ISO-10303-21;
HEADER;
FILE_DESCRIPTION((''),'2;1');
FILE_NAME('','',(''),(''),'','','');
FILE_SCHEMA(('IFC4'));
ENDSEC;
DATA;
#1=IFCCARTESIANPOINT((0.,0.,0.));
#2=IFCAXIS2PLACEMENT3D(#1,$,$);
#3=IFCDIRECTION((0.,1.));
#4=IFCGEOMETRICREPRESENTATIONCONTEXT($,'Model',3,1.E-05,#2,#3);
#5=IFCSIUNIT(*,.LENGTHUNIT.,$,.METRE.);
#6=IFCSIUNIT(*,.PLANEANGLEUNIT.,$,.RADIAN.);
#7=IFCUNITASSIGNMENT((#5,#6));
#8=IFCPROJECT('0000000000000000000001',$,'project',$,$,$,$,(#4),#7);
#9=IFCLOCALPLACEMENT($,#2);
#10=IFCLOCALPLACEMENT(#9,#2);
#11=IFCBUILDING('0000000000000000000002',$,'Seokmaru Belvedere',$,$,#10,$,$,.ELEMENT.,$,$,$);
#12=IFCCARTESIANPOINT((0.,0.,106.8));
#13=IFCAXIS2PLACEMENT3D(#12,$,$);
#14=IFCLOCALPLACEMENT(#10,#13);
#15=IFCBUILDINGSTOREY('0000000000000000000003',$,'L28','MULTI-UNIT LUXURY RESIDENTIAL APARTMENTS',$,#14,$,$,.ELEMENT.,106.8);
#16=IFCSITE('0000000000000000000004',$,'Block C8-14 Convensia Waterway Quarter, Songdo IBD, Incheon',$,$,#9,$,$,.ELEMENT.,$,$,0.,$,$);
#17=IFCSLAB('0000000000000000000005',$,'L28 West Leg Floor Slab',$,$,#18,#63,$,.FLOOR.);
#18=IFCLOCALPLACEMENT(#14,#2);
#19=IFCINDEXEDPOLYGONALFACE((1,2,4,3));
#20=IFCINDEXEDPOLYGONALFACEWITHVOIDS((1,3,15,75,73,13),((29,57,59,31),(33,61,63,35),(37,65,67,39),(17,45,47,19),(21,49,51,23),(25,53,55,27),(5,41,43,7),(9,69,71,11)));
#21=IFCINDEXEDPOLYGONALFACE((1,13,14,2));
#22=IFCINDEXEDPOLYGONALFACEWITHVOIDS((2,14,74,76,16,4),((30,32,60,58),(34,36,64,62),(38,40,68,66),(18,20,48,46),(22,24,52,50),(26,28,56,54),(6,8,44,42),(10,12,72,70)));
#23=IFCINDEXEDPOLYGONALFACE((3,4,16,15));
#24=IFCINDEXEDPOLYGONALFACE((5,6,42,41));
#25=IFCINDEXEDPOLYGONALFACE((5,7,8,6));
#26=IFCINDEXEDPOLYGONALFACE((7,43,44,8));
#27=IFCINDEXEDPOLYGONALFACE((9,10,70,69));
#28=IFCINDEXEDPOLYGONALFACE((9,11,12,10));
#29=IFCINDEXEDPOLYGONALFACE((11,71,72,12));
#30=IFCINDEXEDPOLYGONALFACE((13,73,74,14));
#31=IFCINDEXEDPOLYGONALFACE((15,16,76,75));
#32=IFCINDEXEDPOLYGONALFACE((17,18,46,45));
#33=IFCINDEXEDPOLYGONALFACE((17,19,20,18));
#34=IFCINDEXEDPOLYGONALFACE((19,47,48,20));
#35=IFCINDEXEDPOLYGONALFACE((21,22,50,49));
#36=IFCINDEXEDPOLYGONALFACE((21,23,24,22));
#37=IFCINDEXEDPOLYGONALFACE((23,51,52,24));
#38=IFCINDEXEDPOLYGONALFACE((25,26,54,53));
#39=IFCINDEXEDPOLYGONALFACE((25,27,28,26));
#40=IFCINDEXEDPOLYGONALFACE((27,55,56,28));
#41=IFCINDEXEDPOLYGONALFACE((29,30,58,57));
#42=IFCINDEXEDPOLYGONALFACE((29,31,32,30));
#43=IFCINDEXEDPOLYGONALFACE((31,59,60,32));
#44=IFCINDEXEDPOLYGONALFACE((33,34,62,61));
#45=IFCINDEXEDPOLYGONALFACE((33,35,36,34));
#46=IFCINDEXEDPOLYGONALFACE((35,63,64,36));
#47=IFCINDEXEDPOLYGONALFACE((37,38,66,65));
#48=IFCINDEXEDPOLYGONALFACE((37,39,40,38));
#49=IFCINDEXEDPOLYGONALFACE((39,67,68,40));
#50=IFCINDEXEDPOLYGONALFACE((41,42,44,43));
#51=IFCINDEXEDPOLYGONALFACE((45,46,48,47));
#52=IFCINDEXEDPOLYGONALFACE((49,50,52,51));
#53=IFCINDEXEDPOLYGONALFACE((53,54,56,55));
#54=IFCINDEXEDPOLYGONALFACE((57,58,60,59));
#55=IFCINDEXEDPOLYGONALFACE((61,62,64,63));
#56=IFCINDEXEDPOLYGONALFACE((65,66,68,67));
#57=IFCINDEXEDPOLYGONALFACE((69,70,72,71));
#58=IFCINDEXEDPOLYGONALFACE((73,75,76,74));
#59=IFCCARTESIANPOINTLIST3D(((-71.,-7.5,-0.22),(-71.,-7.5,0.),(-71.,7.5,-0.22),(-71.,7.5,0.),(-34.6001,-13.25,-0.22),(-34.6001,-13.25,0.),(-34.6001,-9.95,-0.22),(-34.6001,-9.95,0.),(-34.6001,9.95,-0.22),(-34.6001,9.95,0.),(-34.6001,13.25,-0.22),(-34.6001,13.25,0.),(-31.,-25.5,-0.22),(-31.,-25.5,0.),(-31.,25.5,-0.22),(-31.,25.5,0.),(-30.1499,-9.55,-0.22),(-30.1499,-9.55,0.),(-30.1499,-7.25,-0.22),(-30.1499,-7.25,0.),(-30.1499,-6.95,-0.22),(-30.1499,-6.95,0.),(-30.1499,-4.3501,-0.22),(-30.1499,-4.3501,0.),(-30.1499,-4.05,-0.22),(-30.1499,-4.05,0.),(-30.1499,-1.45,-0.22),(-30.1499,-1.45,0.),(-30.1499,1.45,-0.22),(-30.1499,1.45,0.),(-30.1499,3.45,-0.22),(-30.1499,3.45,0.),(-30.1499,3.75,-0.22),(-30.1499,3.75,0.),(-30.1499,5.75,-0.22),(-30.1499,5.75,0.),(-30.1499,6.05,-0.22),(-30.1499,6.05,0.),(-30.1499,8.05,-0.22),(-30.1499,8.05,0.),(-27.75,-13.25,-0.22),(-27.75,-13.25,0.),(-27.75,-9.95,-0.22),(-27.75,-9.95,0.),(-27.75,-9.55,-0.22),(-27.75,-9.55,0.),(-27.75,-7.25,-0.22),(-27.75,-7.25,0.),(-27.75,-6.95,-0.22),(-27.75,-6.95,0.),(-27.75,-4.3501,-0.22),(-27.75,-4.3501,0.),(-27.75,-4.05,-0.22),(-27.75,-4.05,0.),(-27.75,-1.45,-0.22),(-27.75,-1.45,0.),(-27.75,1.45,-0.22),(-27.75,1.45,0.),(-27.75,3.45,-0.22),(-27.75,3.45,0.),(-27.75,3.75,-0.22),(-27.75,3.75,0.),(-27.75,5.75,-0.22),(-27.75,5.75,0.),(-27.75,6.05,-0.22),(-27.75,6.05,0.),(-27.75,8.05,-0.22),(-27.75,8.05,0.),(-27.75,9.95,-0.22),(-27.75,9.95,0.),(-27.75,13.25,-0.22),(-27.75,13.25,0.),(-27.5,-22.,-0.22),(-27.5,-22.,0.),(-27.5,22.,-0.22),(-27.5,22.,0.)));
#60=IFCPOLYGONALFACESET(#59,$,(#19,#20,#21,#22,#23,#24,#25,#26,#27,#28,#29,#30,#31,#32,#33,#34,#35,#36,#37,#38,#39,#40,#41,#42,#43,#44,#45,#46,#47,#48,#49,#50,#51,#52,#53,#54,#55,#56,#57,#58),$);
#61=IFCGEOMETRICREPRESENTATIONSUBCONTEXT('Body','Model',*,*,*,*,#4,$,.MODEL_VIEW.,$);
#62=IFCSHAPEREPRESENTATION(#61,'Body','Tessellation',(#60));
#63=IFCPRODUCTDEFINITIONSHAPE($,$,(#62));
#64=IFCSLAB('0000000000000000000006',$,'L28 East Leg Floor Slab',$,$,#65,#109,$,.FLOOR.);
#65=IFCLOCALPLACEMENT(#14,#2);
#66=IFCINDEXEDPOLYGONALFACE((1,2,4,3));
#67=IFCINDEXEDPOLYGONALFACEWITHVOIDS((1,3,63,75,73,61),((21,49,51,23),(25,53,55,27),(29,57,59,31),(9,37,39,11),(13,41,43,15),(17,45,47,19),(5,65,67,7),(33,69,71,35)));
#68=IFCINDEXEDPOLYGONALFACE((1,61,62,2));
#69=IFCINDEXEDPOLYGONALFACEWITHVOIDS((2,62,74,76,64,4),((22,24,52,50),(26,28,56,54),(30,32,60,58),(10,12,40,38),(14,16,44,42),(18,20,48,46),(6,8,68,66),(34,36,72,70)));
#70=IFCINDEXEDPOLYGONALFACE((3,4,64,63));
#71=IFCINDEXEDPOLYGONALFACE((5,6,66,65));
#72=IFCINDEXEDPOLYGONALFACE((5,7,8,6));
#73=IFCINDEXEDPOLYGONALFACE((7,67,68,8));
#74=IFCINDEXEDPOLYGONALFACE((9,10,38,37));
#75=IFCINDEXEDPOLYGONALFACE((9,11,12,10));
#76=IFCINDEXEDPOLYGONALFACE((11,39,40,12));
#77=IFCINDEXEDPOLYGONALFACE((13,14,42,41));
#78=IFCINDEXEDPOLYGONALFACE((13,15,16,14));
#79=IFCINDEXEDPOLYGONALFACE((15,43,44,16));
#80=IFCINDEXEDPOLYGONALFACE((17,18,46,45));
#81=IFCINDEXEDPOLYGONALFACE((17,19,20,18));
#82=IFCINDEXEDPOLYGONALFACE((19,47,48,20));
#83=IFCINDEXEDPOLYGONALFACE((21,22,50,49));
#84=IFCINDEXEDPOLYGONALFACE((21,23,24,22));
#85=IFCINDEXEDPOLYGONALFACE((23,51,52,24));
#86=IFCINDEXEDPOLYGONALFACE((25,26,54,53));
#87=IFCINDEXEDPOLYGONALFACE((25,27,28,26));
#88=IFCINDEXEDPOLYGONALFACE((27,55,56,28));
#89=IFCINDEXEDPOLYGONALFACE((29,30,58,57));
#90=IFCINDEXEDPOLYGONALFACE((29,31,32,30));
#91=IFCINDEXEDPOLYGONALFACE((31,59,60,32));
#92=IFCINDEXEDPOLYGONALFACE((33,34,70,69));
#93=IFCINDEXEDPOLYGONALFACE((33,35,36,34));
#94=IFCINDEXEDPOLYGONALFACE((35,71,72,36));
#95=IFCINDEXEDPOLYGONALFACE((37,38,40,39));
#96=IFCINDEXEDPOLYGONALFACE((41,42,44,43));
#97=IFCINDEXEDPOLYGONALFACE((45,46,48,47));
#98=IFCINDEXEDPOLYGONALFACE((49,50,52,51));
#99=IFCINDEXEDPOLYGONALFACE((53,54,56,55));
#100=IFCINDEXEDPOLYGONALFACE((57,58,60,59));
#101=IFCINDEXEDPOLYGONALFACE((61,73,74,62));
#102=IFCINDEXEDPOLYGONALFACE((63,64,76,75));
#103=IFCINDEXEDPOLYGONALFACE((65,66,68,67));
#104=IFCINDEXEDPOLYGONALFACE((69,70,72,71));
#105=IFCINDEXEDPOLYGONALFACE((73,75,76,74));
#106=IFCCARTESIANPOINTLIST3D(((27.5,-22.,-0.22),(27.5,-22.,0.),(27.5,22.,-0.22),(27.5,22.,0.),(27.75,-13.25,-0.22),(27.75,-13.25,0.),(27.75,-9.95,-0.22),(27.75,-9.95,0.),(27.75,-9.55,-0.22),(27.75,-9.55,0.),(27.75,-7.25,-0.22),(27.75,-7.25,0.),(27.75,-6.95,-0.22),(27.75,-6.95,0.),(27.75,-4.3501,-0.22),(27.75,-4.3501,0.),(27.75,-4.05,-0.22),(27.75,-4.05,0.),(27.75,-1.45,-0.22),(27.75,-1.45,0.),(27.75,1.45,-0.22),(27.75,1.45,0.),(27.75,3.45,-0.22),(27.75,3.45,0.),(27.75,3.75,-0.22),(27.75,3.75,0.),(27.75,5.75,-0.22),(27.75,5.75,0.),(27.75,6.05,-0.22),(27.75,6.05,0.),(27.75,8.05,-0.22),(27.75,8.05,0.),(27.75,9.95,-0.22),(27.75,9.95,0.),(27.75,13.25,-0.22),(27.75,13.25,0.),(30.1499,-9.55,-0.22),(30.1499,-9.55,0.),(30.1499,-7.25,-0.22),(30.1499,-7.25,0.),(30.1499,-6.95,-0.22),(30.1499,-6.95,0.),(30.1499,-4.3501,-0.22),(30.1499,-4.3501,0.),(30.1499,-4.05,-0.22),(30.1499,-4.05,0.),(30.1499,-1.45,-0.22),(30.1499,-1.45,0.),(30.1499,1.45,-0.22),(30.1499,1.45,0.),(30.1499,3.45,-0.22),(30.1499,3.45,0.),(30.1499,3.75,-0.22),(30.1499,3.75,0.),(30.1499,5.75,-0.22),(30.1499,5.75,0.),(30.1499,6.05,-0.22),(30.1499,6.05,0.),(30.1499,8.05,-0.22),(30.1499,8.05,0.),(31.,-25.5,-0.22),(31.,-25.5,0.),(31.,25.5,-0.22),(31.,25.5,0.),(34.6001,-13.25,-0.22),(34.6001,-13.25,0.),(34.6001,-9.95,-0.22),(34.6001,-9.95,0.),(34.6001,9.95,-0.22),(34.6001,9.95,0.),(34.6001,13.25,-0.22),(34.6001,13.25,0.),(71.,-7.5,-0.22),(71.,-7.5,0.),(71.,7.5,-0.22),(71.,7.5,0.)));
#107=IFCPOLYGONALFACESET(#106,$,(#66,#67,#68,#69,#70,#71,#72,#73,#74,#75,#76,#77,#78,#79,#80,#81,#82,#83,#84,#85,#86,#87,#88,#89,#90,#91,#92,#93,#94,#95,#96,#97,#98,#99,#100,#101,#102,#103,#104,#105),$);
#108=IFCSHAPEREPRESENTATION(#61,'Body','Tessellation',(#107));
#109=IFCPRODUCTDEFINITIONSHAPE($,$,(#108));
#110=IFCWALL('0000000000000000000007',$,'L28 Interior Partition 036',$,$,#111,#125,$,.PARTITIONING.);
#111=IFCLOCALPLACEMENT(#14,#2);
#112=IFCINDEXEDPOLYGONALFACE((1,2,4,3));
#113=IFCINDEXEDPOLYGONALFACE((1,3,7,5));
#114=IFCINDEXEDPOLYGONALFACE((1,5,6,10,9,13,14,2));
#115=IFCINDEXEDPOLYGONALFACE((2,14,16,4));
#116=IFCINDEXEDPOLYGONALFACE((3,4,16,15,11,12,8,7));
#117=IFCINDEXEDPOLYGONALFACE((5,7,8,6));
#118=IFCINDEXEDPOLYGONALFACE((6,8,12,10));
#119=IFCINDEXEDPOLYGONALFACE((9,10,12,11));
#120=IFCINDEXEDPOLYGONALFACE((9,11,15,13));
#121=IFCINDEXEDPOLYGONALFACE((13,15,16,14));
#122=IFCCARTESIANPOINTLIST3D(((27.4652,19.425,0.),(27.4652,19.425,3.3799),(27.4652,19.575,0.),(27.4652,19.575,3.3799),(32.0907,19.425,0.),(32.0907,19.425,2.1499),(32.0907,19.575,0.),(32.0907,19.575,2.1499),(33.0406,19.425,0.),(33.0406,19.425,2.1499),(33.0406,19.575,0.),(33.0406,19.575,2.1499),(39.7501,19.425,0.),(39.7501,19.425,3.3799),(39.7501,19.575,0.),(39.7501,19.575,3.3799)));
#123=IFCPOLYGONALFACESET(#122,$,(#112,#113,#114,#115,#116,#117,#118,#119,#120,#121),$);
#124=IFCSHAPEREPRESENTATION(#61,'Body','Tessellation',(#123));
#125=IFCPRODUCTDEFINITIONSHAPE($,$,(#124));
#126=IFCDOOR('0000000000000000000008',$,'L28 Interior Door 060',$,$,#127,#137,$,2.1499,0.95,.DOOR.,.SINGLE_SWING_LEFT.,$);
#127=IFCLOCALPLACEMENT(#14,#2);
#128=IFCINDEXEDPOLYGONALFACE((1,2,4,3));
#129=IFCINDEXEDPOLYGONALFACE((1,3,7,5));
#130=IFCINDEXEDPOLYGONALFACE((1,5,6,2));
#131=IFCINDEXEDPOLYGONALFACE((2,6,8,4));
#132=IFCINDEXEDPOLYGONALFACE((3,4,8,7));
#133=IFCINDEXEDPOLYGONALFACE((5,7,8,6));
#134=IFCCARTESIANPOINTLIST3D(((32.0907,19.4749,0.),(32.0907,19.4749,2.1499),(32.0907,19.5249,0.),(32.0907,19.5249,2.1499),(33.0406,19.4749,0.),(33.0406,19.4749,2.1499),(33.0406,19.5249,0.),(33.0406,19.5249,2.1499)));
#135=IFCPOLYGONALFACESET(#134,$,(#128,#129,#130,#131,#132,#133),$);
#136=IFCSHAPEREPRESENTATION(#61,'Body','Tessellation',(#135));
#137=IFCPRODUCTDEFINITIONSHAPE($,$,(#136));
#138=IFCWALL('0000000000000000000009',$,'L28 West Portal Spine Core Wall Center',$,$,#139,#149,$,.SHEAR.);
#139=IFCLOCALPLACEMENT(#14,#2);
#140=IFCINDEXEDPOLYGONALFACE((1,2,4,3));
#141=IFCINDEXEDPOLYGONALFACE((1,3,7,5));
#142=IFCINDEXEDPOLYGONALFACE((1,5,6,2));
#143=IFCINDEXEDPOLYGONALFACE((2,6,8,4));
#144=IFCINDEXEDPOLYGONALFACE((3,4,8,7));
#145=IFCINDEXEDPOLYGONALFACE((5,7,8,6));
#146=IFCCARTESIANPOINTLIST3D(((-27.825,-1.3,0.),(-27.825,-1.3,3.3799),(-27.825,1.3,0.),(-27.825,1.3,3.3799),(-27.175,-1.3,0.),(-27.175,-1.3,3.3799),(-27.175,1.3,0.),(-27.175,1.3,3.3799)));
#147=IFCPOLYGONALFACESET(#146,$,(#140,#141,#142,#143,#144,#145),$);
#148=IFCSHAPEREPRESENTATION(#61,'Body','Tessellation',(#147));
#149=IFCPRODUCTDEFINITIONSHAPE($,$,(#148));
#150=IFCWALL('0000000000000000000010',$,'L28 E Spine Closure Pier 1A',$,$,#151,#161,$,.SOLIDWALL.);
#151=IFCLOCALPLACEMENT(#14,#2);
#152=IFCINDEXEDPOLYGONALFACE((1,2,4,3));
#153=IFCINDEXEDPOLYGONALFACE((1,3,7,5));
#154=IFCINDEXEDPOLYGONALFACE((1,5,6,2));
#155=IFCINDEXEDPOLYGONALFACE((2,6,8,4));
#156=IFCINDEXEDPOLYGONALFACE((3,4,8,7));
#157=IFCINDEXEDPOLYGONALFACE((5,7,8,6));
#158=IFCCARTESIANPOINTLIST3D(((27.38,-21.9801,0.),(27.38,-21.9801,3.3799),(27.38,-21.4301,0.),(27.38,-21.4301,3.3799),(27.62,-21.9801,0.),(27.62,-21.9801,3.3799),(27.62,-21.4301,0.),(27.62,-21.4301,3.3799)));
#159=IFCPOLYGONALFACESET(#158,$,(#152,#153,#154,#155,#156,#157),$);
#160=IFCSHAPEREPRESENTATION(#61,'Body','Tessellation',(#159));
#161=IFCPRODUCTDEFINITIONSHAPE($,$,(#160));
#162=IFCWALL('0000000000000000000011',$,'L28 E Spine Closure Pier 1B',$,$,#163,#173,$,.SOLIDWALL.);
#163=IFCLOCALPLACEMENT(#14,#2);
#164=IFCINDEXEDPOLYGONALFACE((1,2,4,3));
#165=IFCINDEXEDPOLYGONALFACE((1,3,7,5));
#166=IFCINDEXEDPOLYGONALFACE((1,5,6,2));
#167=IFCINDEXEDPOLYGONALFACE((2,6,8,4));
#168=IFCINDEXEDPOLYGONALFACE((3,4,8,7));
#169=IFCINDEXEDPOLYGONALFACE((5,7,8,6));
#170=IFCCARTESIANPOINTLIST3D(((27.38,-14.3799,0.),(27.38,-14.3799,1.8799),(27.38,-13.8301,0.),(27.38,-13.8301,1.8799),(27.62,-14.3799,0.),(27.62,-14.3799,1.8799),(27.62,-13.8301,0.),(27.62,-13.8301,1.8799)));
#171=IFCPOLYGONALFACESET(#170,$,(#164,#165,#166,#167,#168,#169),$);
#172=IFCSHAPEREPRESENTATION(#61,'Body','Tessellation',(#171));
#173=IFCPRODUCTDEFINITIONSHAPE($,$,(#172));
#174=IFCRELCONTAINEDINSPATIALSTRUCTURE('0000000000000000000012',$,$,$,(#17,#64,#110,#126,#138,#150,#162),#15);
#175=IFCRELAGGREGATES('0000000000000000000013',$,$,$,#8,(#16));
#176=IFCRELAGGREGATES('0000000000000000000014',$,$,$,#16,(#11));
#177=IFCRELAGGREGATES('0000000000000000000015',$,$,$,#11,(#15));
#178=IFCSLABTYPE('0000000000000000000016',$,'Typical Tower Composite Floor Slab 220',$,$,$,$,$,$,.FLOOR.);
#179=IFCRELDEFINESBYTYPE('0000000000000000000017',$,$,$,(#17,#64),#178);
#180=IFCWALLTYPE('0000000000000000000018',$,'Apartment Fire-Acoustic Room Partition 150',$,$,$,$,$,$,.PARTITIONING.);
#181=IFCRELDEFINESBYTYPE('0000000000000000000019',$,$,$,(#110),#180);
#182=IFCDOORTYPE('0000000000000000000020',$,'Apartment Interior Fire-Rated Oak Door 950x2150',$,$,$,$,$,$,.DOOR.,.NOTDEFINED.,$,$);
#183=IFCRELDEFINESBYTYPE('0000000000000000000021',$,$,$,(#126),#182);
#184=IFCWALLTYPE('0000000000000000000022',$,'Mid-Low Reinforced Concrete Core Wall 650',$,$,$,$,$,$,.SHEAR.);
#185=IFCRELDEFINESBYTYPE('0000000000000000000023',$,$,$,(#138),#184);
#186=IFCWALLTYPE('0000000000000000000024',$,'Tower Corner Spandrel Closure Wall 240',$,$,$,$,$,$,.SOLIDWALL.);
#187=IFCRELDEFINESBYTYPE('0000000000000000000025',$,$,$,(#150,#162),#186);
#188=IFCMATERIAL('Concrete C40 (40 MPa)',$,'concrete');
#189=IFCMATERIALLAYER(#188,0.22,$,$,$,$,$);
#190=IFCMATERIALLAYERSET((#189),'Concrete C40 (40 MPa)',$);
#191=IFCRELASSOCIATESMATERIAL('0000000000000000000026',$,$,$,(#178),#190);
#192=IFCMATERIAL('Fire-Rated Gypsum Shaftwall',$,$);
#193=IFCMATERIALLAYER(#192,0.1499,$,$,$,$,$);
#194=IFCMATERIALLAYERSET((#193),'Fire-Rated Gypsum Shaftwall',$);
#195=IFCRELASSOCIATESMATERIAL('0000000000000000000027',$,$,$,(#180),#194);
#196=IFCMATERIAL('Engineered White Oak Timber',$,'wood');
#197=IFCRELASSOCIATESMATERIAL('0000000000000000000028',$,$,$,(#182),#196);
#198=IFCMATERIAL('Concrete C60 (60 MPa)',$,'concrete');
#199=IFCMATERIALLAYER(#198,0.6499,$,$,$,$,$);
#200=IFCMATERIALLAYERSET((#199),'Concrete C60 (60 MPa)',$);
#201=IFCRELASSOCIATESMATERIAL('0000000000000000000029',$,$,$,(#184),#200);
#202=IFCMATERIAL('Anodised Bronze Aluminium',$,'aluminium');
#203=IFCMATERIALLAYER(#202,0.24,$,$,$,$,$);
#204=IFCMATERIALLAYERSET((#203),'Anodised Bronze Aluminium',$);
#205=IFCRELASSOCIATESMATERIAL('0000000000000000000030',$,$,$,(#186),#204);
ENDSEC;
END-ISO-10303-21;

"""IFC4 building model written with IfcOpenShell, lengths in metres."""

from ifc_helpers import new_model, si_unit, direction, frame, frame_2d, origin, place, context, subcontext, project, spatial, polyline, rectangle, outline, extrude, source, transform, mapped, material, layer, layer_set, type_object, type_shapes, element, fill, save


model = new_model("IFC4")

# Units and contexts
model_context = context("Model", 3, precision=1e-05, world=origin(), true_north=direction((0.0, 1.0)))
body_context = subcontext(model_context, "Body", "Model", "MODEL_VIEW")
ifc_project = project(units=[si_unit("LENGTHUNIT", "METRE"), si_unit("PLANEANGLEUNIT", "RADIAN")], contexts=[model_context])

# Site, building, storey
site_placement = place(None, origin())
site = spatial("IfcSite", under=ifc_project, at=site_placement, Name="Block C8-14 Convensia Waterway Quarter, Songdo IBD, Incheon", CompositionType="ELEMENT", RefElevation=0.0)
building_placement = place(site_placement, origin())
building = spatial("IfcBuilding", under=site, at=building_placement, Name="Seokmaru Belvedere", CompositionType="ELEMENT")
storey_placement = place(building_placement, frame((0.0, 0.0, 106.8)))
storey = spatial("IfcBuildingStorey", under=building, at=storey_placement, Name="L28", Description="MULTI-UNIT LUXURY RESIDENTIAL APARTMENTS", CompositionType="ELEMENT", Elevation=106.8)

# Shared definitions
ifc_material_1 = material(Name="Anodised Bronze Aluminium", Category="aluminium")

# Shared definitions
ifc_material_2 = material(Name="Concrete C40 (40 MPa)", Category="concrete")

# Slabs
ifc_layer_1 = layer(ifc_material_2, 0.22)
ifc_layer_set_1 = layer_set([ifc_layer_1], Name="Concrete C40 (40 MPa)")
slab_type_1 = type_object("IfcSlabType", Name="Typical Tower Composite Floor Slab 220", PredefinedType="FLOOR", material=ifc_layer_set_1)
slab_1_placement = place(storey_placement, frame((0.0, 0.0, -0.22)))
element("IfcSlab", 1, at=slab_1_placement, inside=storey, type_object=slab_type_1, Name="L28 West Leg Floor Slab", PredefinedType="FLOOR", context=body_context, shape_type="SweptSolid", body=[
    extrude(outline(polyline([(-27.5, -22.0), (-27.5, 22.0), (-31.0, 25.5), (-71.0, 7.5), (-71.0, -7.5), (-31.0, -25.5), (-27.5, -22.0)]), holes=[polyline([(-34.6001, -13.25), (-27.75, -13.25), (-27.75, -9.95), (-34.6001, -9.95), (-34.6001, -13.25)]), polyline([(-34.6001, 9.95), (-27.75, 9.95), (-27.75, 13.25), (-34.6001, 13.25), (-34.6001, 9.95)]), polyline([(-30.1499, -9.55), (-27.75, -9.55), (-27.75, -7.25), (-30.1499, -7.25), (-30.1499, -9.55)]), polyline([(-30.1499, -6.95), (-27.75, -6.95), (-27.75, -4.3501), (-30.1499, -4.3501), (-30.1499, -6.95)]), polyline([(-30.1499, -4.05), (-27.75, -4.05), (-27.75, -1.45), (-30.1499, -1.45), (-30.1499, -4.05)]), polyline([(-30.1499, 1.45), (-27.75, 1.45), (-27.75, 3.45), (-30.1499, 3.45), (-30.1499, 1.45)]), polyline([(-30.1499, 3.75), (-27.75, 3.75), (-27.75, 5.75), (-30.1499, 5.75), (-30.1499, 3.75)]), polyline([(-30.1499, 6.05), (-27.75, 6.05), (-27.75, 8.05), (-30.1499, 8.05), (-30.1499, 6.05)])]), origin(), (0.0, 0.0, 1.0), 0.22),
])
slab_2_placement = place(storey_placement, frame((0.0, 0.0, -0.22)))
element("IfcSlab", 2, at=slab_2_placement, inside=storey, type_object=slab_type_1, Name="L28 East Leg Floor Slab", PredefinedType="FLOOR", context=body_context, shape_type="SweptSolid", body=[
    extrude(outline(polyline([(31.0, -25.5), (71.0, -7.5), (71.0, 7.5), (31.0, 25.5), (27.5, 22.0), (27.5, -22.0), (31.0, -25.5)]), holes=[polyline([(27.75, -13.25), (34.6001, -13.25), (34.6001, -9.95), (27.75, -9.95), (27.75, -13.25)]), polyline([(27.75, 9.95), (34.6001, 9.95), (34.6001, 13.25), (27.75, 13.25), (27.75, 9.95)]), polyline([(27.75, -9.55), (30.1499, -9.55), (30.1499, -7.25), (27.75, -7.25), (27.75, -9.55)]), polyline([(27.75, -6.95), (30.1499, -6.95), (30.1499, -4.3501), (27.75, -4.3501), (27.75, -6.95)]), polyline([(27.75, -4.05), (30.1499, -4.05), (30.1499, -1.45), (27.75, -1.45), (27.75, -4.05)]), polyline([(27.75, 1.45), (30.1499, 1.45), (30.1499, 3.45), (27.75, 3.45), (27.75, 1.45)]), polyline([(27.75, 3.75), (30.1499, 3.75), (30.1499, 5.75), (27.75, 5.75), (27.75, 3.75)]), polyline([(27.75, 6.05), (30.1499, 6.05), (30.1499, 8.05), (27.75, 8.05), (27.75, 6.05)])]), origin(), (0.0, 0.0, 1.0), 0.22),
])

# Wall, opening, door
ifc_material_3 = material(Name="Fire-Rated Gypsum Shaftwall")
ifc_layer_2 = layer(ifc_material_3, 0.1499)
ifc_layer_set_2 = layer_set([ifc_layer_2], Name="Fire-Rated Gypsum Shaftwall")
wall_type_1 = type_object("IfcWallType", Name="Apartment Fire-Acoustic Room Partition 150", PredefinedType="PARTITIONING", material=ifc_layer_set_2)
wall_1_placement = place(storey_placement, frame((27.4651, 19.5, 0.0), z_axis=(0.0, 0.0, 1.0), x_axis=(1.0, 0.0, 0.0)))
wall_1 = element("IfcWall", 3, at=wall_1_placement, inside=storey, type_object=wall_type_1, Name="L28 Interior Partition 036", PredefinedType="PARTITIONING", context=body_context, shape_type="SweptSolid", body=[
    extrude(rectangle(XDim=12.2849, YDim=0.1499, at=frame_2d((6.1426, 0.0))), origin(), (0.0, 0.0, 1.0), 3.3799),
])
opening_placement = place(wall_1_placement, frame((4.6255, 0.0, 0.0)))
opening = element("IfcOpeningElement", 4, at=opening_placement, cuts=wall_1, PredefinedType="OPENING", context=body_context, shape_type="SweptSolid", body=[
    extrude(rectangle(XDim=0.95, YDim=2.1499, at=frame_2d((0.4751, 1.075))), frame((0.0, 0.085, 0.0), z_axis=(0.0, -1.0, 0.0), x_axis=(1.0, 0.0, 0.0)), (0.0, 0.0, 1.0), 0.1699),
])
ifc_material_4 = material(Name="Engineered White Oak Timber", Category="wood")
door_type = type_object("IfcDoorType", Name="Apartment Interior Fire-Rated Oak Door 950x2150", OperationType="NOTDEFINED", PredefinedType="DOOR", material=ifc_material_4)
shared_shape_1 = source(origin(), body_context, "Body", "SweptSolid", [
    extrude(rectangle(XDim=0.95, YDim=2.1499, at=frame_2d((0.4751, 1.075))), frame((0.0, 0.0249, 0.0), z_axis=(0.0, -1.0, 0.0), x_axis=(1.0, 0.0, 0.0)), (0.0, 0.0, 1.0), 0.05),
])
type_shapes(door_type, [shared_shape_1])
door_placement = place(opening_placement, origin())
door = element("IfcDoor", 5, at=door_placement, inside=storey, type_object=door_type, Name="L28 Interior Door 060", OperationType="SINGLE_SWING_LEFT", OverallHeight=2.1499, OverallWidth=0.95, PredefinedType="DOOR", context=body_context, shape_type="MappedRepresentation", body=[
    mapped(shared_shape_1, transform((0.0, 0.0, 0.0), scale=1.0)),
])
fill(opening, door)

# Walls
ifc_material_5 = material(Name="Concrete C60 (60 MPa)", Category="concrete")
ifc_layer_3 = layer(ifc_material_5, 0.6499)
ifc_layer_set_3 = layer_set([ifc_layer_3], Name="Concrete C60 (60 MPa)")
wall_type_2 = type_object("IfcWallType", Name="Mid-Low Reinforced Concrete Core Wall 650", PredefinedType="SHEAR", material=ifc_layer_set_3)
wall_2_placement = place(storey_placement, frame((-27.5, -1.3, 0.0), z_axis=(0.0, 0.0, 1.0), x_axis=(0.0, 1.0, 0.0)))
element("IfcWall", 6, at=wall_2_placement, inside=storey, type_object=wall_type_2, Name="L28 West Portal Spine Core Wall Center", PredefinedType="SHEAR", context=body_context, shape_type="SweptSolid", body=[
    extrude(rectangle(XDim=2.6001, YDim=0.6499, at=frame_2d((1.3, 0.0))), origin(), (0.0, 0.0, 1.0), 3.3799),
])
ifc_layer_4 = layer(ifc_material_1, 0.24)
ifc_layer_set_4 = layer_set([ifc_layer_4], Name="Anodised Bronze Aluminium")
wall_type_3 = type_object("IfcWallType", Name="Tower Corner Spandrel Closure Wall 240", PredefinedType="SOLIDWALL", material=ifc_layer_set_4)
wall_3_placement = place(storey_placement, frame((27.5, -21.98, 0.0), z_axis=(0.0, 0.0, 1.0), x_axis=(0.0, 1.0, 0.0)))
element("IfcWall", 7, at=wall_3_placement, inside=storey, type_object=wall_type_3, Name="L28 E Spine Closure Pier 1A", PredefinedType="SOLIDWALL", context=body_context, shape_type="SweptSolid", body=[
    extrude(rectangle(XDim=0.55, YDim=0.24, at=frame_2d((0.2749, 0.0))), origin(), (0.0, 0.0, 1.0), 3.3799),
])
wall_4_placement = place(storey_placement, frame((27.5, -14.3799, 0.0), z_axis=(0.0, 0.0, 1.0), x_axis=(0.0, 1.0, 0.0)))
element("IfcWall", 8, at=wall_4_placement, inside=storey, type_object=wall_type_3, Name="L28 E Spine Closure Pier 1B", PredefinedType="SOLIDWALL", context=body_context, shape_type="SweptSolid", body=[
    extrude(rectangle(XDim=0.5498, YDim=0.24, at=frame_2d((0.2749, 0.0))), origin(), (0.0, 0.0, 1.0), 1.8799),
])

save(model, "model.ifc")
